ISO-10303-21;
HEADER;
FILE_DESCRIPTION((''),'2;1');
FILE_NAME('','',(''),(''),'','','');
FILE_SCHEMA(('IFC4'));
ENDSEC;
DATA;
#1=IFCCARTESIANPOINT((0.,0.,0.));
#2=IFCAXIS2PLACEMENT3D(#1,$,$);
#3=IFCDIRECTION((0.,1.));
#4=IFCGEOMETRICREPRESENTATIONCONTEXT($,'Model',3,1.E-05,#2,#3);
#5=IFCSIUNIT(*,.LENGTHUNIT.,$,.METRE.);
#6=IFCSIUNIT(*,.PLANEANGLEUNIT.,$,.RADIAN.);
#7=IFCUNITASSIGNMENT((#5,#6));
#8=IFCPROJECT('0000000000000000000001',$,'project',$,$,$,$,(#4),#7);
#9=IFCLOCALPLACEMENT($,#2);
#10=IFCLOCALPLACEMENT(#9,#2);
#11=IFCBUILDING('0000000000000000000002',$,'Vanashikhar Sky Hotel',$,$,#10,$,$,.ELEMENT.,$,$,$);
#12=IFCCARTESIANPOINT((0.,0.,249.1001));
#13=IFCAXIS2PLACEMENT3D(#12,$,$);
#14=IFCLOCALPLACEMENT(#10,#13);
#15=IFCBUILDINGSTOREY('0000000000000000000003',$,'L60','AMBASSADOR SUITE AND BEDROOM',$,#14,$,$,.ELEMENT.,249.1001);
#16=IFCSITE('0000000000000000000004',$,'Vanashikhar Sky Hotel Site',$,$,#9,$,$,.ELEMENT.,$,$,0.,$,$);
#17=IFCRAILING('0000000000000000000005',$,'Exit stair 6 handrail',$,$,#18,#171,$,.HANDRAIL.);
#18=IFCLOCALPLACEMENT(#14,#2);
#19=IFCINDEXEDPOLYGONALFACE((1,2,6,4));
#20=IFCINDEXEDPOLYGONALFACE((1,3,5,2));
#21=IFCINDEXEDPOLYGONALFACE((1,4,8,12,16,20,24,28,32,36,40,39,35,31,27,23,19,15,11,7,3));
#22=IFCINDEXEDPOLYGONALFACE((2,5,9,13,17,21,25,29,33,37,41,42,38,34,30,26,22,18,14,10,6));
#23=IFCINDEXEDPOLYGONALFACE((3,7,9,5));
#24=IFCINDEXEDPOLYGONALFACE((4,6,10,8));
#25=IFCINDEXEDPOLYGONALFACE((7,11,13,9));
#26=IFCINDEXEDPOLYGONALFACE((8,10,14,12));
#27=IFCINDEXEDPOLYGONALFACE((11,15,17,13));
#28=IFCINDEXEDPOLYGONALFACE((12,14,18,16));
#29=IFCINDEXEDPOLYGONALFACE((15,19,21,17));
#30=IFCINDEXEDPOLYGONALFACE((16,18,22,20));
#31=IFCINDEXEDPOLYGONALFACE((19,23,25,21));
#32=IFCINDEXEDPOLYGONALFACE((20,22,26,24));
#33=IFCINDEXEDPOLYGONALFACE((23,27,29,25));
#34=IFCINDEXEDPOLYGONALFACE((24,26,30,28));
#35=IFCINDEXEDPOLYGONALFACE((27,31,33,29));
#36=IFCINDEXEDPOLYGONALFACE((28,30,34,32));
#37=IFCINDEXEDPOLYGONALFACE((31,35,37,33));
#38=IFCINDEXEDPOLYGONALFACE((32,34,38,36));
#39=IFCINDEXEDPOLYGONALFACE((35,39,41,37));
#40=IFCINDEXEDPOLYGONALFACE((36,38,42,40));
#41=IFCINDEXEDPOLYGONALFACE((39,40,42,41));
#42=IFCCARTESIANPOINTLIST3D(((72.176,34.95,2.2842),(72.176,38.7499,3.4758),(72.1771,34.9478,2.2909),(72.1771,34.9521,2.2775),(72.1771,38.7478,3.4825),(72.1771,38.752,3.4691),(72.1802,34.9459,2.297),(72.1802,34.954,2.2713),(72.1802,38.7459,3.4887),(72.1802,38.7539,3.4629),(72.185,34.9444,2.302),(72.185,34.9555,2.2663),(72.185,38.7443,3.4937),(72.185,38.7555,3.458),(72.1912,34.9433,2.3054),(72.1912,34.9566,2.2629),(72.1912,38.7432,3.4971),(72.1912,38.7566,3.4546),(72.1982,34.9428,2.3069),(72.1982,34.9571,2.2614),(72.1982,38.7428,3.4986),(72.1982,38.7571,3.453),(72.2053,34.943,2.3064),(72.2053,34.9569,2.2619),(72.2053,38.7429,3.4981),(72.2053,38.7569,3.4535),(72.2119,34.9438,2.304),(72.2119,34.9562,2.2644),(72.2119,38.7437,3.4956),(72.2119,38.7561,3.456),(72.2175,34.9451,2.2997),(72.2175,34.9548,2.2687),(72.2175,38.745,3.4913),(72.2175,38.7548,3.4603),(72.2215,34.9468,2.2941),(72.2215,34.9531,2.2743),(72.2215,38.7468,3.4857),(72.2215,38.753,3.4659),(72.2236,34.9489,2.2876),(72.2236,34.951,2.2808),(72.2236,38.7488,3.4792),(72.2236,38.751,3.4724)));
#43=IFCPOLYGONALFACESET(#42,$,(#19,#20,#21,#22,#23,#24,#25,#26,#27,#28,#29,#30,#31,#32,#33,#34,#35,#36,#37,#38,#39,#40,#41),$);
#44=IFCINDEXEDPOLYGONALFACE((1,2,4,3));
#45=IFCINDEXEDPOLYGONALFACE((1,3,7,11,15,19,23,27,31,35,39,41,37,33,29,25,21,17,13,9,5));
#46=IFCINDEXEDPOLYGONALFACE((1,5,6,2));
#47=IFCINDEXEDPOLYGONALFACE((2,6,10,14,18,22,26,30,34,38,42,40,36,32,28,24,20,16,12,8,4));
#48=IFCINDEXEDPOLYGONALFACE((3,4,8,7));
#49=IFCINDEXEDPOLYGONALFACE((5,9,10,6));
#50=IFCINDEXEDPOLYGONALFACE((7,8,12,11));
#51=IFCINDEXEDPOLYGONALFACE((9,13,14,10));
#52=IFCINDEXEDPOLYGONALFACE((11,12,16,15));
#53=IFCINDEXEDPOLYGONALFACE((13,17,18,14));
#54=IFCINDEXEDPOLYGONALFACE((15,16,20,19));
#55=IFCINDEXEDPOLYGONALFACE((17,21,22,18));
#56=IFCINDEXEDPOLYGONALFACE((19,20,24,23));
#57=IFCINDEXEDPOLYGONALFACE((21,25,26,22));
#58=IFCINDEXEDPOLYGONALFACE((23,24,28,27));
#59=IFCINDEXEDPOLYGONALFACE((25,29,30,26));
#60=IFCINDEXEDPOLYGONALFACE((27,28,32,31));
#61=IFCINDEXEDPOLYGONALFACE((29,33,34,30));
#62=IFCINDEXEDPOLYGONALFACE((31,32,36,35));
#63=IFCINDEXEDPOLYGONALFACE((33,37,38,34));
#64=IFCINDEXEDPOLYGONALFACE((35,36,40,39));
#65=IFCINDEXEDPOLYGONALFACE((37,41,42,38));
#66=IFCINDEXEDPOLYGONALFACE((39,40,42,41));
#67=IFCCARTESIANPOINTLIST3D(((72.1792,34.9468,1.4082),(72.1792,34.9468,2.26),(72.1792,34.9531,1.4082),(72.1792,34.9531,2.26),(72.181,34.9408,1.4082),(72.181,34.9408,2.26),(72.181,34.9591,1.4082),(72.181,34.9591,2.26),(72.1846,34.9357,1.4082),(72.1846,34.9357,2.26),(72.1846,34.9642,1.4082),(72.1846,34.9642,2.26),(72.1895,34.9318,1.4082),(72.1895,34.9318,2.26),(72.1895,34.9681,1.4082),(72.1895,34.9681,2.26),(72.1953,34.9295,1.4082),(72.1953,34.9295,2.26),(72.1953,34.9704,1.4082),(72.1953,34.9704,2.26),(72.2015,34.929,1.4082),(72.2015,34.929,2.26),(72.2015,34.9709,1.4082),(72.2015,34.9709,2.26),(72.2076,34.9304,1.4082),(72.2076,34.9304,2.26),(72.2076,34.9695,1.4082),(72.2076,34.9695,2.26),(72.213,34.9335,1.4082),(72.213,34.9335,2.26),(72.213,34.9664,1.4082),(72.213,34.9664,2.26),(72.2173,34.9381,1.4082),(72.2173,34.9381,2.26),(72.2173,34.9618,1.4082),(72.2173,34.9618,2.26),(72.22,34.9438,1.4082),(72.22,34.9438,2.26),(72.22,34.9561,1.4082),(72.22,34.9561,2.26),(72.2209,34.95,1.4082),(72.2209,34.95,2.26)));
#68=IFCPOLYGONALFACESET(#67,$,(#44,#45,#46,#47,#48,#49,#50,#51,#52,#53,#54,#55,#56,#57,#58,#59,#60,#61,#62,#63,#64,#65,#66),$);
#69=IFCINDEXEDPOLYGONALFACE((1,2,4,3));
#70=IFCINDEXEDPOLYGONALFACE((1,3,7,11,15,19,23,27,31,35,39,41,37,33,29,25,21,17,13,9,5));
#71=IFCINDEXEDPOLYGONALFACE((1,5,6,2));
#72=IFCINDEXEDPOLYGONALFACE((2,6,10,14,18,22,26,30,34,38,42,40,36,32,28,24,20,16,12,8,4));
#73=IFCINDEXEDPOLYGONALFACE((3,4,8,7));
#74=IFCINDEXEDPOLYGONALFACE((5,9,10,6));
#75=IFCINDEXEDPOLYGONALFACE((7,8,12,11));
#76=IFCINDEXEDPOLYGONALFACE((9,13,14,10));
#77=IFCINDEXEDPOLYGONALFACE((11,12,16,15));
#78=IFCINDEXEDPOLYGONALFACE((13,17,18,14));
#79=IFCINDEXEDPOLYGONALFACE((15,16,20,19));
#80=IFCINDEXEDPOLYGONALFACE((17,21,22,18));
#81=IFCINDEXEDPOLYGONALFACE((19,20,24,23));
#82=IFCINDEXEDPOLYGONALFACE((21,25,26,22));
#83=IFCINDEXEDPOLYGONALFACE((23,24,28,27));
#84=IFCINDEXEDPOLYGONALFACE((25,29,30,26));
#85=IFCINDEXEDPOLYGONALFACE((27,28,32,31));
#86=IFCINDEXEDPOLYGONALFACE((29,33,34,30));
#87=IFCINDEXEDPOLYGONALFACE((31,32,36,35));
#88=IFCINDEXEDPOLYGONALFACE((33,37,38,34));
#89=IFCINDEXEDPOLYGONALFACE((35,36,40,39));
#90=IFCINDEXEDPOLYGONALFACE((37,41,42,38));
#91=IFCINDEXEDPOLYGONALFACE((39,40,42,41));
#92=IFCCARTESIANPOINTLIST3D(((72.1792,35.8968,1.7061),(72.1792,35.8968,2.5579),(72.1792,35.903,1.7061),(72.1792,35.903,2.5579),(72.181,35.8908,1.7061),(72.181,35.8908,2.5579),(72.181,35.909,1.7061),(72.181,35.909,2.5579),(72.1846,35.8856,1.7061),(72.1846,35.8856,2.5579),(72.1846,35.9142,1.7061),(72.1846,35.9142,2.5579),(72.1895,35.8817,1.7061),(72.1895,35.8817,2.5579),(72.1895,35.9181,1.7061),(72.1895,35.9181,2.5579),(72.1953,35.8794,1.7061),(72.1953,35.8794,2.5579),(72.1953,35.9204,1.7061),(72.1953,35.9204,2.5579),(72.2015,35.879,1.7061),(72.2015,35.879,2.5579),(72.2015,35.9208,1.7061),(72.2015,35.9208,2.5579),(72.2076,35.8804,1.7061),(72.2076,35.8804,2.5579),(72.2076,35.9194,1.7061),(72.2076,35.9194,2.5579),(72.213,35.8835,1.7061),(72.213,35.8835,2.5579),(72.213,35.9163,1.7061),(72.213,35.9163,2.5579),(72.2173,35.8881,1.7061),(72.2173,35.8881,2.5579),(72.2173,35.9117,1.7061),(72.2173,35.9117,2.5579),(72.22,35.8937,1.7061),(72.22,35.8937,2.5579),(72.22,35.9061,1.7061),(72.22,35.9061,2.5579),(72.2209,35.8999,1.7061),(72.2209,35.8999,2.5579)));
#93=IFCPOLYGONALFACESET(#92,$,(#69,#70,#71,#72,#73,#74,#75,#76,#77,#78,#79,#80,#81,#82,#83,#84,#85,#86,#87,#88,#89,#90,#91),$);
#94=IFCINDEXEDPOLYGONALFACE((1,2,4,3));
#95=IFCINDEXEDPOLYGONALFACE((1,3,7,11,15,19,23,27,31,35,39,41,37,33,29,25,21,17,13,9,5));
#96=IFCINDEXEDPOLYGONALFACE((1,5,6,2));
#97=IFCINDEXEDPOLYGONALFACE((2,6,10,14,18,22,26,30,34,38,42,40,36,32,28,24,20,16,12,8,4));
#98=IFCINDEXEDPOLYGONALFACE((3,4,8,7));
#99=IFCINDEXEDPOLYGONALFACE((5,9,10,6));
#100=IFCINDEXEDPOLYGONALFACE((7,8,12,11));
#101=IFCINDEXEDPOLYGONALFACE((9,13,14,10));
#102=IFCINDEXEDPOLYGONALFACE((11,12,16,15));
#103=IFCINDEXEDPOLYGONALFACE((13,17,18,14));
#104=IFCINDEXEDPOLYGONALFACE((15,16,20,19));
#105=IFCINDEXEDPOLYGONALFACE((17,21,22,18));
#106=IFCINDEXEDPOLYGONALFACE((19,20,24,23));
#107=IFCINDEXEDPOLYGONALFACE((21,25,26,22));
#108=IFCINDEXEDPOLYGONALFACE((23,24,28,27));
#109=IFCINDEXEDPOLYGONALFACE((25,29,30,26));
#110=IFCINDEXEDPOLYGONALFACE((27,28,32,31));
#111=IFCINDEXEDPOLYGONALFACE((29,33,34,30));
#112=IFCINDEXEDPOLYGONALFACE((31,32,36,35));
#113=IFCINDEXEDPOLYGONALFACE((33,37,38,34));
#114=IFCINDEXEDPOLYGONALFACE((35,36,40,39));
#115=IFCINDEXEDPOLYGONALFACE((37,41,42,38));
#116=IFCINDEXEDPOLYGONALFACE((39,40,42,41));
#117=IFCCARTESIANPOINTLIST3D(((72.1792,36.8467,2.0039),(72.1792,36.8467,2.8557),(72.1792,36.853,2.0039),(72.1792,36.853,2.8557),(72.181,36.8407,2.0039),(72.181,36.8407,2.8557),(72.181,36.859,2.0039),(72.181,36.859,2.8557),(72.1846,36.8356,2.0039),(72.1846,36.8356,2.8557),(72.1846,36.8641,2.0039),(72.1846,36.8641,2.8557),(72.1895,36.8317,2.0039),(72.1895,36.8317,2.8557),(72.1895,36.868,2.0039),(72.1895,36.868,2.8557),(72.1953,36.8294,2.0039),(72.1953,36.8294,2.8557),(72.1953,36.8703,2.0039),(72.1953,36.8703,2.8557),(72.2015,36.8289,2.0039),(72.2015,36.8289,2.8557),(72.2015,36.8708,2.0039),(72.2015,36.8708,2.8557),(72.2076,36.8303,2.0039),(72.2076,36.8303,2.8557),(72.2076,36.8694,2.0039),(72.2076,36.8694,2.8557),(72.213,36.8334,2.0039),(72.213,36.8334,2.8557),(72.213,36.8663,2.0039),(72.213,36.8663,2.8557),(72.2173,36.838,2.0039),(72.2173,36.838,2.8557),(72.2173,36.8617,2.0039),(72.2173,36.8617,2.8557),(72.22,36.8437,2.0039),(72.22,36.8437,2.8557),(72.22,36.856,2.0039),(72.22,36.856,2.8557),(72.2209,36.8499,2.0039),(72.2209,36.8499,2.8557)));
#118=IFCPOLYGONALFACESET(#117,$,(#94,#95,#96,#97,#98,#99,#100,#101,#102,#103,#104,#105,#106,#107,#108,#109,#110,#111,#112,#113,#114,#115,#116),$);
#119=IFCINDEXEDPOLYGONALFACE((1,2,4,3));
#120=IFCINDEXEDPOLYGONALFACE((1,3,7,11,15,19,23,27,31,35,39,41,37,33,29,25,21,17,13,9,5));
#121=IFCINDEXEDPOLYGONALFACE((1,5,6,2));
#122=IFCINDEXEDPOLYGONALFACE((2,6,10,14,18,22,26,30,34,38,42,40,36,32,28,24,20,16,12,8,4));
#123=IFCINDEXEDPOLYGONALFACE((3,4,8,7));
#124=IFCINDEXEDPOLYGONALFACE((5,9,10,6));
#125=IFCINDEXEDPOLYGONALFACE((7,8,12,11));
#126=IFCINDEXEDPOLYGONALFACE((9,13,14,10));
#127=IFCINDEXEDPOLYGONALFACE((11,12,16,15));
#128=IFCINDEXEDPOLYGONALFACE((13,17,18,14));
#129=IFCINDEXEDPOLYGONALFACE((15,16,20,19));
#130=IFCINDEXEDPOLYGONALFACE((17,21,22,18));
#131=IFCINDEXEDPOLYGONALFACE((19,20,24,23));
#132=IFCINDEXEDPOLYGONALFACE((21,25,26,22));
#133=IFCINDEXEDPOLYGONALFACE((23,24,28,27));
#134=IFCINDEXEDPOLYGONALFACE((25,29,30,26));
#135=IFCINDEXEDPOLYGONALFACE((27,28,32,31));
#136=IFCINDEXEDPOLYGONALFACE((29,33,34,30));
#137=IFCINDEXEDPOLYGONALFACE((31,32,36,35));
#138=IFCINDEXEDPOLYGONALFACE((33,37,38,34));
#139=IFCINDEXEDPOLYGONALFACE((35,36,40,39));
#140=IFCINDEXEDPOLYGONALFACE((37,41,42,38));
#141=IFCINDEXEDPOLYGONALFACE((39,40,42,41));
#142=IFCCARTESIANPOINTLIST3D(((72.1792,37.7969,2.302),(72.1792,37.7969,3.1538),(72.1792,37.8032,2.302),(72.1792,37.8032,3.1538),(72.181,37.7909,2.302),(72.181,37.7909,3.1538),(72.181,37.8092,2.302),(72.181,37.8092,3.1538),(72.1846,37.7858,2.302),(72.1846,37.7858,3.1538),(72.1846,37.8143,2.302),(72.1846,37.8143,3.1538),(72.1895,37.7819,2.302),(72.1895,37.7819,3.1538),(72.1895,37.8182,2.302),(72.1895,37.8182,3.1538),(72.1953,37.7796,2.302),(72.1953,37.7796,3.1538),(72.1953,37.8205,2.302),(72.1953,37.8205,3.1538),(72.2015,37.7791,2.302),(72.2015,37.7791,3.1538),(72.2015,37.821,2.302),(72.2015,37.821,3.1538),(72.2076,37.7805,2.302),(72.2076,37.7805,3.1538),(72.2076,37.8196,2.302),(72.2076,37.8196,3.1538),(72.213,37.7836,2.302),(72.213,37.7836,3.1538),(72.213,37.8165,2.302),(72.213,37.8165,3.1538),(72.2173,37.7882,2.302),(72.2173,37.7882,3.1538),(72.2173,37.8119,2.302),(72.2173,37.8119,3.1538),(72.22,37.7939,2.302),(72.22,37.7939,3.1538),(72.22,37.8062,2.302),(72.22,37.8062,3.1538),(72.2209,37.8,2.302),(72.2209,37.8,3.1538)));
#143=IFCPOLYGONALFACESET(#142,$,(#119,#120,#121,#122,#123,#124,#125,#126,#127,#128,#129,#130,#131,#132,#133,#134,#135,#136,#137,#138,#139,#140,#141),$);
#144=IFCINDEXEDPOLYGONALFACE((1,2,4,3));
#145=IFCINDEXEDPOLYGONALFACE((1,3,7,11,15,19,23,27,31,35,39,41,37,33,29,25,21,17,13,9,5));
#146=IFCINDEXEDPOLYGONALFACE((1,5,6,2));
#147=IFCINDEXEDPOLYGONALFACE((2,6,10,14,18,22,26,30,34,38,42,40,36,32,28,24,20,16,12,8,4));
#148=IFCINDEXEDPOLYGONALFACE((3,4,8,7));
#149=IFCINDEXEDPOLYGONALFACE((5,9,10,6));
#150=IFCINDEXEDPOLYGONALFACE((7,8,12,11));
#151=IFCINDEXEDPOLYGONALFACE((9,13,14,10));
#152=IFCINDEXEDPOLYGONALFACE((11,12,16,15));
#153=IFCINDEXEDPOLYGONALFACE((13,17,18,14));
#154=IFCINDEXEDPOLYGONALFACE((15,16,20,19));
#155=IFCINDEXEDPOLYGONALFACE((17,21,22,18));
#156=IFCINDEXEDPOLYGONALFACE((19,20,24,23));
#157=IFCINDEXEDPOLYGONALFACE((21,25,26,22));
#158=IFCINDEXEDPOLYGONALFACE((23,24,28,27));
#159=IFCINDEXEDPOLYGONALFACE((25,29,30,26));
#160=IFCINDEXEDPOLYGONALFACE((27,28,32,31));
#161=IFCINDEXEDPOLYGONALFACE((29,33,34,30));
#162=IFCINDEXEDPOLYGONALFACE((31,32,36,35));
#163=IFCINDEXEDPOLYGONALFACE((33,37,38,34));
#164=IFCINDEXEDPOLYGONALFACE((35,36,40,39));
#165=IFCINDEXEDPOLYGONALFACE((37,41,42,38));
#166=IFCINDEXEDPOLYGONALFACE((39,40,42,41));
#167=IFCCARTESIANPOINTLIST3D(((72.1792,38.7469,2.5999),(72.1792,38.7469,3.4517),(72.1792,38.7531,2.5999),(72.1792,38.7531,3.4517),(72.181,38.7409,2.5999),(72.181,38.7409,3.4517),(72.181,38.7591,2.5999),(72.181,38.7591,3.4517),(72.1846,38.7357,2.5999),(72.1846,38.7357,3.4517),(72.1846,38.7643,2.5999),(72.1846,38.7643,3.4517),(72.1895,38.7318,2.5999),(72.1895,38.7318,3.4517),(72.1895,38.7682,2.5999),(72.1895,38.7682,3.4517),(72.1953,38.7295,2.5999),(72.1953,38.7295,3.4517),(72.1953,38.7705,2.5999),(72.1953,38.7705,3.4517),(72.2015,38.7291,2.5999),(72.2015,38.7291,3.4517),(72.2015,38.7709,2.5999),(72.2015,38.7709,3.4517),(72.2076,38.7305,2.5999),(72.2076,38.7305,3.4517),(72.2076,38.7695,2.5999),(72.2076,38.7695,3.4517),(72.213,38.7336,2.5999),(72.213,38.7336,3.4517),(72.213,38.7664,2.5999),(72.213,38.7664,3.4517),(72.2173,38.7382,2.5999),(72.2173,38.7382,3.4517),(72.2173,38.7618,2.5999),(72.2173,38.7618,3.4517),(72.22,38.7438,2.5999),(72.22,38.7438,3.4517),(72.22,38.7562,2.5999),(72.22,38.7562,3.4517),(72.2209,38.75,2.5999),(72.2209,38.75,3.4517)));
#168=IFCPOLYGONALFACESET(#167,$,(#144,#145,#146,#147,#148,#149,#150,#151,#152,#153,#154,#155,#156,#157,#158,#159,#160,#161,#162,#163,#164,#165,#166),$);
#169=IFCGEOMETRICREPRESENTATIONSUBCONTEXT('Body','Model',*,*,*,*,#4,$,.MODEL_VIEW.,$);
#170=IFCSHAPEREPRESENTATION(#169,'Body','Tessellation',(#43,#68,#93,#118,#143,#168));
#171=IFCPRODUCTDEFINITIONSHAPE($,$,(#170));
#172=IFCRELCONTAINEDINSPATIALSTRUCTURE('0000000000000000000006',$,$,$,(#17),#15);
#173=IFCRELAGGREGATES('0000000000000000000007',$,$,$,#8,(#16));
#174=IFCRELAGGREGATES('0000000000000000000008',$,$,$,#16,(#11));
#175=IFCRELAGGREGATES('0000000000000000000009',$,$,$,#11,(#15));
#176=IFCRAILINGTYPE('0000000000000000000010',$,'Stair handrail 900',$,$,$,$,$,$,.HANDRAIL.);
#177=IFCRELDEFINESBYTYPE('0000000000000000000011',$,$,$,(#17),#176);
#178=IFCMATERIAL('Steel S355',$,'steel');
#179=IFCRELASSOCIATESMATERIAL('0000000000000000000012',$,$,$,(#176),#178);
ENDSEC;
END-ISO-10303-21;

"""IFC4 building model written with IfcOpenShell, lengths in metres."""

from ifc_helpers import new_model, si_unit, direction, frame, origin, origin_2d, place, context, subcontext, project, spatial, circle, extrude, source, transform, mapped, material, type_object, element, save


model = new_model("IFC4")

# Units and contexts
model_context = context("Model", 3, precision=1e-05, world=origin(), true_north=direction((0.0, 1.0)))
body_context = subcontext(model_context, "Body", "Model", "MODEL_VIEW")
ifc_project = project(units=[si_unit("LENGTHUNIT", "METRE"), si_unit("PLANEANGLEUNIT", "RADIAN")], contexts=[model_context])

# Site, building, storey
site_placement = place(None, origin())
site = spatial("IfcSite", under=ifc_project, at=site_placement, Name="Vanashikhar Sky Hotel Site", CompositionType="ELEMENT", RefElevation=0.0)
building_placement = place(site_placement, origin())
building = spatial("IfcBuilding", under=site, at=building_placement, Name="Vanashikhar Sky Hotel", CompositionType="ELEMENT")
storey_placement = place(building_placement, frame((0.0, 0.0, 249.1001)))
storey = spatial("IfcBuildingStorey", under=building, at=storey_placement, Name="L60", Description="AMBASSADOR SUITE AND BEDROOM", CompositionType="ELEMENT", Elevation=249.1001)

# Railing
ifc_material_1 = material(Name="Steel S355", Category="steel")
railing_type_1 = type_object("IfcRailingType", Name="Stair handrail 900", PredefinedType="HANDRAIL", material=ifc_material_1)
shared_shape_1 = source(origin(), body_context, "Body", "SweptSolid", [
    extrude(circle(Radius=0.0239, at=origin_2d()), frame((0.0, 0.0, 0.876), z_axis=(0.0, 0.954184, 0.299221), x_axis=(-1.0, 0.0, 0.0)), (0.0, 0.0, 1.0), 3.9824),
    extrude(circle(Radius=0.021, at=origin_2d()), origin(), (0.0, 0.0, 1.0), 0.8518),
    extrude(circle(Radius=0.021, at=origin_2d()), frame((0.0, 0.95, 0.2979)), (0.0, 0.0, 1.0), 0.8518),
    extrude(circle(Radius=0.021, at=origin_2d()), frame((0.0, 1.8999, 0.5957)), (0.0, 0.0, 1.0), 0.8518),
    extrude(circle(Radius=0.021, at=origin_2d()), frame((0.0, 2.8501, 0.8938)), (0.0, 0.0, 1.0), 0.8518),
    extrude(circle(Radius=0.021, at=origin_2d()), frame((0.0, 3.8, 1.1917)), (0.0, 0.0, 1.0), 0.8518),
])
railing_1_placement = place(storey_placement, frame((72.2, 34.95, 1.4082)))
element("IfcRailing", 1, at=railing_1_placement, inside=storey, type_object=railing_type_1, Name="Exit stair 6 handrail", PredefinedType="HANDRAIL", context=body_context, shape_type="MappedRepresentation", body=[
    mapped(shared_shape_1, transform((0.0, 0.0, 0.0), scale=1.0)),
])

save(model, "model.ifc")
